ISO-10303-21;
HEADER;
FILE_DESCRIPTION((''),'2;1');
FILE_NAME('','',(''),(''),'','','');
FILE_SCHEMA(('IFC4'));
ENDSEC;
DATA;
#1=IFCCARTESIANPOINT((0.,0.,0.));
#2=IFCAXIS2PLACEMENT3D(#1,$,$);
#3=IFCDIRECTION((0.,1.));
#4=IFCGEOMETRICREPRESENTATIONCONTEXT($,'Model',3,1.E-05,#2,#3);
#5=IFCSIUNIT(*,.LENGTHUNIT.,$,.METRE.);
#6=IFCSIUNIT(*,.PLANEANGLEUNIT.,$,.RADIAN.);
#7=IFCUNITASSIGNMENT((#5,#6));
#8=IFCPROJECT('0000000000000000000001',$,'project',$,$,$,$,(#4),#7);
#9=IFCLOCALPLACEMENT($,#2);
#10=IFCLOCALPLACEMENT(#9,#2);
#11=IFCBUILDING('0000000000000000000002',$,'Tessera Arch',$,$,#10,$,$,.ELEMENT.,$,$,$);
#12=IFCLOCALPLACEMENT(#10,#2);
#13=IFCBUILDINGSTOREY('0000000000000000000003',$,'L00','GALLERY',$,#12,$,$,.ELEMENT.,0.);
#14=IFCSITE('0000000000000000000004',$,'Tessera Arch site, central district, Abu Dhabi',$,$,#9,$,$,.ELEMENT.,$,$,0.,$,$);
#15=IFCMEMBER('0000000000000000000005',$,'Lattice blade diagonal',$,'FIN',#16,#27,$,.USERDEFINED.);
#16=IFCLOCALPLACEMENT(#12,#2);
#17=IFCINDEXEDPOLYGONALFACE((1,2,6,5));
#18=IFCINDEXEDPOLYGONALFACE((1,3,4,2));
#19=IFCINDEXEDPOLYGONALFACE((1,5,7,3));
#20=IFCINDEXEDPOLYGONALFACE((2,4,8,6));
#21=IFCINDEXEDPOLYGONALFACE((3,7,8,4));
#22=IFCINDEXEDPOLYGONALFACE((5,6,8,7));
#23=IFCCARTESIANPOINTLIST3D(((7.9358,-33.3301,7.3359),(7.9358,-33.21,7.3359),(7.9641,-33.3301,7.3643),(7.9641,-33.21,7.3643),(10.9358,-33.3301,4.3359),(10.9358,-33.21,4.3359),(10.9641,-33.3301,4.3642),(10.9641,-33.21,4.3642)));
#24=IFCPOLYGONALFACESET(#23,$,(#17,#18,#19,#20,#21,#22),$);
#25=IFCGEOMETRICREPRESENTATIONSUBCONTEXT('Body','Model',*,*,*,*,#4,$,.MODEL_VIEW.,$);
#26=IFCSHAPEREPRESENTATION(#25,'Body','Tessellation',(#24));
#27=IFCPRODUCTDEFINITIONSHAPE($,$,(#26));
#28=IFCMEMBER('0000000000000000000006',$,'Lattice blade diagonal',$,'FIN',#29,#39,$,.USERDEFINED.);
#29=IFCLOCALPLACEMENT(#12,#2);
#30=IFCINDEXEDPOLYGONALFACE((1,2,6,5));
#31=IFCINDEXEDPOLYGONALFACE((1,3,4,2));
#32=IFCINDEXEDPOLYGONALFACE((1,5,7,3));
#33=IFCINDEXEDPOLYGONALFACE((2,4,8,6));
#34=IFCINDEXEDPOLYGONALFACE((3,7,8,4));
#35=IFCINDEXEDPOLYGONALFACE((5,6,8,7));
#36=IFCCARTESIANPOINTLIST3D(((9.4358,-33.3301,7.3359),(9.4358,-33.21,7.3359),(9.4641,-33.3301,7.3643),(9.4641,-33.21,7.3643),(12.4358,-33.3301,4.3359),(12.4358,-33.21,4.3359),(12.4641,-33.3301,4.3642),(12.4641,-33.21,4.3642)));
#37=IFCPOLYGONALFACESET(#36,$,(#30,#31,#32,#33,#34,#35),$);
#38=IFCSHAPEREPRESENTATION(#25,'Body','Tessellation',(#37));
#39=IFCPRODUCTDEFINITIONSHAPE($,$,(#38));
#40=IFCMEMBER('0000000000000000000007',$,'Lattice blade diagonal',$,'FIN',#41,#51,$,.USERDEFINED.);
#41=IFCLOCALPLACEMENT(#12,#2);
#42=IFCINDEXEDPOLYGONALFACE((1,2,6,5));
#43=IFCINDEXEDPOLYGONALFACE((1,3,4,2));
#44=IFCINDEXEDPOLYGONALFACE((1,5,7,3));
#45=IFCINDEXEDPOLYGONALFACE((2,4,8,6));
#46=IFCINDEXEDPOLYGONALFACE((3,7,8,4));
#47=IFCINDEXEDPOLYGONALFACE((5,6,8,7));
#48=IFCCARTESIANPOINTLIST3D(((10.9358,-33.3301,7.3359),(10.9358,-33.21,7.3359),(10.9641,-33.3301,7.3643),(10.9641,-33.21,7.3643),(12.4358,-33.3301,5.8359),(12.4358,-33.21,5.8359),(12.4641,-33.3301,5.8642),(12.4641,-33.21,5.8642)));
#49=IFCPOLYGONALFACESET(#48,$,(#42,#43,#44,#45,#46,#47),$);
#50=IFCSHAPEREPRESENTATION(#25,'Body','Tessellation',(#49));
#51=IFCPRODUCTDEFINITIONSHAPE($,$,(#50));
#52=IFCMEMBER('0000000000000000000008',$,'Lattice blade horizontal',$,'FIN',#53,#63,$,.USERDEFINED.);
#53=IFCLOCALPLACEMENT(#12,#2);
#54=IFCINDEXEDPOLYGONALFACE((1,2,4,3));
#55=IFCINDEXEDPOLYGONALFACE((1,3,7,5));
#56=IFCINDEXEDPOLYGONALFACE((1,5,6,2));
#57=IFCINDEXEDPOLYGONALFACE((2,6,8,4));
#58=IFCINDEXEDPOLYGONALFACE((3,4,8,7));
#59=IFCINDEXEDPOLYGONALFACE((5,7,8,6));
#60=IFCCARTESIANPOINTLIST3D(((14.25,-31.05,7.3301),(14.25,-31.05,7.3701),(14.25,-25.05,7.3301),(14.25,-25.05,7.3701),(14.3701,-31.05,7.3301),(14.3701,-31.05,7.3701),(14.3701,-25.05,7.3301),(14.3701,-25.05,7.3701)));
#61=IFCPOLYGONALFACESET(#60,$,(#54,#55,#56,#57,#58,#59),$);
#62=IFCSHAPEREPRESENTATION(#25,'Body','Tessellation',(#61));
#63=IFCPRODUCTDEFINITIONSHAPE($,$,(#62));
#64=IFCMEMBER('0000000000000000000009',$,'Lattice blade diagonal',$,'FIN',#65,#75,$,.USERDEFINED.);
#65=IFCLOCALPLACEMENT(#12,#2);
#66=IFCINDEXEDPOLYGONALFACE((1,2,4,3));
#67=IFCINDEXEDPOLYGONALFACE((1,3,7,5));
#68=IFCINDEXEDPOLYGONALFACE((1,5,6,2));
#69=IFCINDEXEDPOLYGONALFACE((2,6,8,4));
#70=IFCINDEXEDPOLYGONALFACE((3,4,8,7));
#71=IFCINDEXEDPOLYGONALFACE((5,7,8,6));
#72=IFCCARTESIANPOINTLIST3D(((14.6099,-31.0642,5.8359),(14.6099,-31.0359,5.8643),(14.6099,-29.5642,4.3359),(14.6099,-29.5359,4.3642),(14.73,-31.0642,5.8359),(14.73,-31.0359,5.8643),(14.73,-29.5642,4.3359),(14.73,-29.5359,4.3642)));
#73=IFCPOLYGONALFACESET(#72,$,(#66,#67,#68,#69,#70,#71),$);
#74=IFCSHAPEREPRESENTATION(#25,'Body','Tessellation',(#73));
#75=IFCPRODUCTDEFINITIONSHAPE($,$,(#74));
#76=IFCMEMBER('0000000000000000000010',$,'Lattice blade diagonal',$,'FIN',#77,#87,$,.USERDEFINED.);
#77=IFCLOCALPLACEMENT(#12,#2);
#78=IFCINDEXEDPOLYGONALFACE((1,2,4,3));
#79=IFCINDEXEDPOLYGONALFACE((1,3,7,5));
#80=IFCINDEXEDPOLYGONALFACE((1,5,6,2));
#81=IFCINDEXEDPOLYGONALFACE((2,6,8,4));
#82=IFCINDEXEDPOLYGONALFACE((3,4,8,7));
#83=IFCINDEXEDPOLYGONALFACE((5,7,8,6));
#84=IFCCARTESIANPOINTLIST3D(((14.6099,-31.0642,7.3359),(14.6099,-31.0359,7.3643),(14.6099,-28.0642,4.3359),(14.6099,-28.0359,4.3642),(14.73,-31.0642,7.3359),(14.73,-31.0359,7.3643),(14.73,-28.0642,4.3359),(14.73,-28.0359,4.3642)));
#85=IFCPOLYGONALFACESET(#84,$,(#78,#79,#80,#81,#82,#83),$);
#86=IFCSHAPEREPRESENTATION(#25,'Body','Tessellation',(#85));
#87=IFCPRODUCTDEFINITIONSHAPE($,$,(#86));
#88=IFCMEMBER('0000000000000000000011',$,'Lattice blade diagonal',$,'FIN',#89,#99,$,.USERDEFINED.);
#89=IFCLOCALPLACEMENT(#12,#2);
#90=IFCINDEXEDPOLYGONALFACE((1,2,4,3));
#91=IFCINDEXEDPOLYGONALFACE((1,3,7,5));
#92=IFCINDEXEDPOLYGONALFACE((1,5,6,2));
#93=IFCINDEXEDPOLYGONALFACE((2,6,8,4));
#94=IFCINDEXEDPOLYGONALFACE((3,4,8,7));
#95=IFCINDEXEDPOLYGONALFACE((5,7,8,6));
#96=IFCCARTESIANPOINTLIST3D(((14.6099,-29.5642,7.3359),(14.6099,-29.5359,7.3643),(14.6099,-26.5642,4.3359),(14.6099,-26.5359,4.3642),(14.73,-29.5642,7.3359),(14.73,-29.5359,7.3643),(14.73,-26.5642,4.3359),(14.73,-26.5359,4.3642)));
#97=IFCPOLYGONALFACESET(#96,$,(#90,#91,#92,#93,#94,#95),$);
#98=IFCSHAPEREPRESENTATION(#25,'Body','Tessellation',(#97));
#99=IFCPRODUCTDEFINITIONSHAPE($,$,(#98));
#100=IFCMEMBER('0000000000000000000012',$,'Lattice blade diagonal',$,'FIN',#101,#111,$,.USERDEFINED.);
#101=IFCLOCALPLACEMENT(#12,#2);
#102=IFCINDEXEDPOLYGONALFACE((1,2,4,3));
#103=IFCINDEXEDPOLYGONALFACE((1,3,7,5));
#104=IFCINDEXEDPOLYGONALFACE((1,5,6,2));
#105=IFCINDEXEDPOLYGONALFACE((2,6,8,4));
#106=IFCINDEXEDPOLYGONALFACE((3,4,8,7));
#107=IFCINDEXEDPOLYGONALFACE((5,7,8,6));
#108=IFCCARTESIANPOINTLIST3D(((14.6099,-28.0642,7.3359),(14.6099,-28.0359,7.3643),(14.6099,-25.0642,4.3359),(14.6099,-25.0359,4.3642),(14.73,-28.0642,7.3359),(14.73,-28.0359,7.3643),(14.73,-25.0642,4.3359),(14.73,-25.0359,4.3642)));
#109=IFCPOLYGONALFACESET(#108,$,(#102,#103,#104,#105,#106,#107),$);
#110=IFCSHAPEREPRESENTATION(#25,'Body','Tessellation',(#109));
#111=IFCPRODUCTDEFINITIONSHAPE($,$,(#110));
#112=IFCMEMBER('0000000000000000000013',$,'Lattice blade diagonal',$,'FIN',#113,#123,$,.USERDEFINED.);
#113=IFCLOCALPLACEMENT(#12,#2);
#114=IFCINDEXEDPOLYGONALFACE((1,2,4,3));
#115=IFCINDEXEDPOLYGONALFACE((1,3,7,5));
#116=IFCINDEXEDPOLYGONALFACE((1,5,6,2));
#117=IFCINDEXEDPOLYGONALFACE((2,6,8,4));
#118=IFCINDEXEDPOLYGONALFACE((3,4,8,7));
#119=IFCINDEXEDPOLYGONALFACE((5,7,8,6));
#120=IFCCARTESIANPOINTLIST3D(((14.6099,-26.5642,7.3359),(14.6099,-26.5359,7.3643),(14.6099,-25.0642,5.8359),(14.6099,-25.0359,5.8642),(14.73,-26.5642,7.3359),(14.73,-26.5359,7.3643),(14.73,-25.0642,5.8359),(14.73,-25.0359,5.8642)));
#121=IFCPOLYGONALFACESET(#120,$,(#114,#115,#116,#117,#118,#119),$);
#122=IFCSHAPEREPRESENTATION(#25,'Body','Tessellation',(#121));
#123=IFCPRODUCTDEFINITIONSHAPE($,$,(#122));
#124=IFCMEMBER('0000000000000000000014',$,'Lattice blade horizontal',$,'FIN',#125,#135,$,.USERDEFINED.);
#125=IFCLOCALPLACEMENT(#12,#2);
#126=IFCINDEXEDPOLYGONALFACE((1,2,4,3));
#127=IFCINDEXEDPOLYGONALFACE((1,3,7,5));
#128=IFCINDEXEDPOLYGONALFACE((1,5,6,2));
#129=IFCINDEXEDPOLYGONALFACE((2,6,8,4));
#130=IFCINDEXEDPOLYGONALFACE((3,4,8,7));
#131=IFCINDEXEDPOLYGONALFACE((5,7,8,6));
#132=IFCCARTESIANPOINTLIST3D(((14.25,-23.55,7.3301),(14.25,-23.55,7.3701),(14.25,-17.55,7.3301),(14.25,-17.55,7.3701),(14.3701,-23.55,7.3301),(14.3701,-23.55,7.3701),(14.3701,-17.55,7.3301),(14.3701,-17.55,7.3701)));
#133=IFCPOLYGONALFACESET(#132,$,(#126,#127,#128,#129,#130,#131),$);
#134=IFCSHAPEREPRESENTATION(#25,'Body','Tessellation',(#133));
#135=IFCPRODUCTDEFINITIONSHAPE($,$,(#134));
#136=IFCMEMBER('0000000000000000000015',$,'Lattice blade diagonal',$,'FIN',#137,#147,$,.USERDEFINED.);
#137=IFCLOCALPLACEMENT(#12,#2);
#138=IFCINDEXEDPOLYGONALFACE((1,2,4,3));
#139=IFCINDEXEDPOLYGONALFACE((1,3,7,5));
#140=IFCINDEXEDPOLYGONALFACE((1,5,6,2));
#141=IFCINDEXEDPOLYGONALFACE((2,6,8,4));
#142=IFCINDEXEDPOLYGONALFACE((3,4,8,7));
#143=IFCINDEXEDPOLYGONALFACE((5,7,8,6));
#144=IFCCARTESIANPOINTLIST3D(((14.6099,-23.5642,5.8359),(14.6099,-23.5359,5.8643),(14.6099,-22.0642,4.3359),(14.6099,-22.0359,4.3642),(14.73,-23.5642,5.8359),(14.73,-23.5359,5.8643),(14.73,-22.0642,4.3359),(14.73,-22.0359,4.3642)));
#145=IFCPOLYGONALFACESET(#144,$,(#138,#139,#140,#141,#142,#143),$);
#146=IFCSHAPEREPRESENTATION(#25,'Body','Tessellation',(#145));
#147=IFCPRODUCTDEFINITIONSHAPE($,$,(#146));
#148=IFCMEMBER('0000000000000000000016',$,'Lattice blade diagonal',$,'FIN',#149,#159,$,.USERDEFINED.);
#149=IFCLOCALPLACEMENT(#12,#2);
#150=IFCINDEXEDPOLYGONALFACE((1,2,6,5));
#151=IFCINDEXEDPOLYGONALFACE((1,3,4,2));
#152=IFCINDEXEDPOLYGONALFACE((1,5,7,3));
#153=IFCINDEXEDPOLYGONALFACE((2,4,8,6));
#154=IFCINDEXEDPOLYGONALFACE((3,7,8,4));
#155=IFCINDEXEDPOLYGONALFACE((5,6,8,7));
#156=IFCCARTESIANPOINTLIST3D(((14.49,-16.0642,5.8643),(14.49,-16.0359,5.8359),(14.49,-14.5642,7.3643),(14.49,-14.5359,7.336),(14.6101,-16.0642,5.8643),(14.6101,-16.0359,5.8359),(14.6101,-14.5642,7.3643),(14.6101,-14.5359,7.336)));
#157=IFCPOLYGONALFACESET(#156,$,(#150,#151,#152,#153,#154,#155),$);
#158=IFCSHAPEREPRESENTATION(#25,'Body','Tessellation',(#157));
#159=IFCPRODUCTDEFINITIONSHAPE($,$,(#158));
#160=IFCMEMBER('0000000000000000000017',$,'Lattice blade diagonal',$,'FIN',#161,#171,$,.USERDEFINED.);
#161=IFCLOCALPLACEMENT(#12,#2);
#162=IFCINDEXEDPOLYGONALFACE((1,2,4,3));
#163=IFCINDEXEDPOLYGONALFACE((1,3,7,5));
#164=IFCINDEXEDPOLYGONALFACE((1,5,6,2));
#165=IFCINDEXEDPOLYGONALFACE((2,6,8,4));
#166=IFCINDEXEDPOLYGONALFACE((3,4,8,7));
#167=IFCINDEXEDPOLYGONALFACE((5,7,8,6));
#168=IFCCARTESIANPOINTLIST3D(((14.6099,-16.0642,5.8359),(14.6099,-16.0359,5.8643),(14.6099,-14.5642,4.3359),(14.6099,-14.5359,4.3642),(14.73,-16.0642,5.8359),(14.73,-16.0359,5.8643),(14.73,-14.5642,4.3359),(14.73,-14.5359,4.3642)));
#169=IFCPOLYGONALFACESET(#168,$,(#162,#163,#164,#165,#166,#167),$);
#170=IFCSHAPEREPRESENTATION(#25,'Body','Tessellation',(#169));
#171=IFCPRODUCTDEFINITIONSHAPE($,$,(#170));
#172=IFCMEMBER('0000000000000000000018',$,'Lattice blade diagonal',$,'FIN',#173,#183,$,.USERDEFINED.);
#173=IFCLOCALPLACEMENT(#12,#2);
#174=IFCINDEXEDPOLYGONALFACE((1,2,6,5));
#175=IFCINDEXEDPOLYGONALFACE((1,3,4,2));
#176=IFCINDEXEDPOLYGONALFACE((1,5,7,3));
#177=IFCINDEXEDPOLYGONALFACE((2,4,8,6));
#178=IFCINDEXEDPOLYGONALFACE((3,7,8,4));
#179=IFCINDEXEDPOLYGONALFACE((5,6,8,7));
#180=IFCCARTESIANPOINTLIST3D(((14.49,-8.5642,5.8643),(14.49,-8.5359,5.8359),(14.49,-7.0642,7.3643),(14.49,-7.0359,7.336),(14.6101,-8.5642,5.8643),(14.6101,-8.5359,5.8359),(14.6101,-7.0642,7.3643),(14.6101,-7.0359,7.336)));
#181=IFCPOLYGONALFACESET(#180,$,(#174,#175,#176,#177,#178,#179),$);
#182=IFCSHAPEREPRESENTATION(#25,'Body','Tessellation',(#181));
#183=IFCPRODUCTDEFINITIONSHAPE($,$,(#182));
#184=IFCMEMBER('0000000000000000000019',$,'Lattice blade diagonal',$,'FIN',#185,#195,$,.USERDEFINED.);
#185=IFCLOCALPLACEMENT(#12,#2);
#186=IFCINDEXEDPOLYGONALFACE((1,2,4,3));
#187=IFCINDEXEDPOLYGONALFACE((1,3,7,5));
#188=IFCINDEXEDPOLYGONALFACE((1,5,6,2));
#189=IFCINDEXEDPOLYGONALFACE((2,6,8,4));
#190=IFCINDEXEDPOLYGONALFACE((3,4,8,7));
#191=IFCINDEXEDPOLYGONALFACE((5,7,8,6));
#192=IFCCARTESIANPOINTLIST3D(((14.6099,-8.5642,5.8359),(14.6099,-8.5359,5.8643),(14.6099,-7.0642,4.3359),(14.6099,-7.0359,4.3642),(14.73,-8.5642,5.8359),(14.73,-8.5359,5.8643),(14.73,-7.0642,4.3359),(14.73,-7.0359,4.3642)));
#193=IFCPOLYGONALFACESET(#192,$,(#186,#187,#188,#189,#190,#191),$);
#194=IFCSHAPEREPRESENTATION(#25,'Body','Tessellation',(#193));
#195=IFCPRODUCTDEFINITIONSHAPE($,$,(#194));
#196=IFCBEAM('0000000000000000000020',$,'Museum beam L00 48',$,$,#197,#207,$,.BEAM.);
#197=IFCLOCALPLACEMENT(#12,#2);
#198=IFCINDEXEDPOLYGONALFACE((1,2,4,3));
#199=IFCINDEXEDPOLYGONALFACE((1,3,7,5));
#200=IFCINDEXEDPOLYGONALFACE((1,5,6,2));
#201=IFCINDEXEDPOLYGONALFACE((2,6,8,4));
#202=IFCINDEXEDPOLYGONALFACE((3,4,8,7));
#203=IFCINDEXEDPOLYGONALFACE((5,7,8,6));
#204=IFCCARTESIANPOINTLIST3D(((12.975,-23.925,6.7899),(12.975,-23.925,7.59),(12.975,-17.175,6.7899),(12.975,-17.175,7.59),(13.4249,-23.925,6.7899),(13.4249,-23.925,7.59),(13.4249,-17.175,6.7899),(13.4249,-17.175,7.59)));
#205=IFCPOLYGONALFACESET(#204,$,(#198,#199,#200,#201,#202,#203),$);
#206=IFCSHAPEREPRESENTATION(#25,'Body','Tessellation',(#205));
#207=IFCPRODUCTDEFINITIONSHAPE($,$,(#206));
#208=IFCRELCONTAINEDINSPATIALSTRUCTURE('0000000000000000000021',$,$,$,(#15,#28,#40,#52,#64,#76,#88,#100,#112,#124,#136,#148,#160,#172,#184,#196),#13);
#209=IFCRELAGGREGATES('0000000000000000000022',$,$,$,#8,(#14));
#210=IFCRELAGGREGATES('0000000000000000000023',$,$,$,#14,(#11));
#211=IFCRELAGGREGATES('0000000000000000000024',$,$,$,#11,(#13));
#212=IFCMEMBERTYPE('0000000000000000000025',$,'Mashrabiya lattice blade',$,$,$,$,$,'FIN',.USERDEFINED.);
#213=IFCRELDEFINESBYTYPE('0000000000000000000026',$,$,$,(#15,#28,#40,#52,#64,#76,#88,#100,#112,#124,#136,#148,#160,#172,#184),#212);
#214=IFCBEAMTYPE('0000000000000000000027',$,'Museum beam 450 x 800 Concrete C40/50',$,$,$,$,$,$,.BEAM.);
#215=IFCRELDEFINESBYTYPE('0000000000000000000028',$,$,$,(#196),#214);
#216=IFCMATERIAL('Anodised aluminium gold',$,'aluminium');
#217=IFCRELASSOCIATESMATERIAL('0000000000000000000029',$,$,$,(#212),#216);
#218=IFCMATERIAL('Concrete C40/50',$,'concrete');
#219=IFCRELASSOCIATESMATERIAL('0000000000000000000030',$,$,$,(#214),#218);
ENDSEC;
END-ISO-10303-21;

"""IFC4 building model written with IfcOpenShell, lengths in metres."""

from ifc_helpers import new_model, si_unit, direction, frame, origin, origin_2d, place, context, subcontext, project, spatial, rectangle, extrude, material, material_profile, profile_set, type_object, element, save


model = new_model("IFC4")

# Units and contexts
model_context = context("Model", 3, precision=1e-05, world=origin(), true_north=direction((0.0, 1.0)))
body_context = subcontext(model_context, "Body", "Model", "MODEL_VIEW")
ifc_project = project(units=[si_unit("LENGTHUNIT", "METRE"), si_unit("PLANEANGLEUNIT", "RADIAN")], contexts=[model_context])

# Site, building, storey
site_placement = place(None, origin())
site = spatial("IfcSite", under=ifc_project, at=site_placement, Name="Tessera Arch site, central district, Abu Dhabi", CompositionType="ELEMENT", RefElevation=0.0)
building_placement = place(site_placement, origin())
building = spatial("IfcBuilding", under=site, at=building_placement, Name="Tessera Arch", CompositionType="ELEMENT")
storey_placement = place(building_placement, origin())
storey = spatial("IfcBuildingStorey", under=building, at=storey_placement, Name="L00", Description="GALLERY", CompositionType="ELEMENT", Elevation=0.0)

# Members
ifc_material_1 = material(Name="Anodised aluminium gold", Category="aluminium")
ifc_material_profile_1 = material_profile(ifc_material_1, rectangle(XDim=0.1201, YDim=0.04, at=origin_2d()), Name="AL 40x120")
ifc_profile_set_1 = profile_set([ifc_material_profile_1], Name="Anodised aluminium gold")
member_type = type_object("IfcMemberType", Name="Mashrabiya lattice blade", ElementType="FIN", PredefinedType="USERDEFINED", material=ifc_profile_set_1)
for number, where, z_axis, x_axis, name in (
    (1, (7.95, -33.27, 7.3501), (0.707107, 0.0, -0.707107), (0.0, 1.0, 0.0), "Lattice blade diagonal"),
    (2, (9.45, -33.27, 7.3501), (0.707107, 0.0, -0.707107), (0.0, 1.0, 0.0), "Lattice blade diagonal"),
):
    element("IfcMember", number, at=place(storey_placement, frame(where, z_axis=z_axis, x_axis=x_axis)), inside=storey, type_object=member_type, Name=name, ObjectType="FIN", PredefinedType="USERDEFINED", context=body_context, shape_type="SweptSolid", body=[
        extrude(rectangle(XDim=0.1201, YDim=0.04, at=origin_2d()), origin(), (0.0, 0.0, 1.0), 4.2427),
    ])
member_1_placement = place(storey_placement, frame((10.95, -33.27, 7.3501), z_axis=(0.707107, 0.0, -0.707107), x_axis=(0.0, 1.0, 0.0)))
element("IfcMember", 3, at=member_1_placement, inside=storey, type_object=member_type, Name="Lattice blade diagonal", ObjectType="FIN", PredefinedType="USERDEFINED", context=body_context, shape_type="SweptSolid", body=[
    extrude(rectangle(XDim=0.1201, YDim=0.04, at=origin_2d()), origin(), (0.0, 0.0, 1.0), 2.1213),
])
member_2_placement = place(storey_placement, frame((14.3101, -31.05, 7.3501), z_axis=(0.0, 1.0, 0.0), x_axis=(-1.0, 0.0, 0.0)))
element("IfcMember", 4, at=member_2_placement, inside=storey, type_object=member_type, Name="Lattice blade horizontal", ObjectType="FIN", PredefinedType="USERDEFINED", context=body_context, shape_type="SweptSolid", body=[
    extrude(rectangle(XDim=0.1201, YDim=0.04, at=origin_2d()), origin(), (0.0, 0.0, 1.0), 6.0),
])
member_3_placement = place(storey_placement, frame((14.6699, -31.05, 5.8501), z_axis=(0.0, 0.707107, -0.707107), x_axis=(-1.0, 0.0, 0.0)))
element("IfcMember", 5, at=member_3_placement, inside=storey, type_object=member_type, Name="Lattice blade diagonal", ObjectType="FIN", PredefinedType="USERDEFINED", context=body_context, shape_type="SweptSolid", body=[
    extrude(rectangle(XDim=0.1201, YDim=0.04, at=origin_2d()), origin(), (0.0, 0.0, 1.0), 2.1213),
])
for number, where, z_axis, x_axis, name in (
    (6, (14.6699, -31.05, 7.3501), (0.0, 0.707107, -0.707107), (-1.0, 0.0, 0.0), "Lattice blade diagonal"),
    (7, (14.6699, -29.55, 7.3501), (0.0, 0.707107, -0.707107), (-1.0, 0.0, 0.0), "Lattice blade diagonal"),
    (8, (14.6699, -28.05, 7.3501), (0.0, 0.707107, -0.707107), (-1.0, 0.0, 0.0), "Lattice blade diagonal"),
):
    element("IfcMember", number, at=place(storey_placement, frame(where, z_axis=z_axis, x_axis=x_axis)), inside=storey, type_object=member_type, Name=name, ObjectType="FIN", PredefinedType="USERDEFINED", context=body_context, shape_type="SweptSolid", body=[
        extrude(rectangle(XDim=0.1201, YDim=0.04, at=origin_2d()), origin(), (0.0, 0.0, 1.0), 4.2427),
    ])
member_4_placement = place(storey_placement, frame((14.6699, -26.55, 7.3501), z_axis=(0.0, 0.707107, -0.707107), x_axis=(-1.0, 0.0, 0.0)))
element("IfcMember", 9, at=member_4_placement, inside=storey, type_object=member_type, Name="Lattice blade diagonal", ObjectType="FIN", PredefinedType="USERDEFINED", context=body_context, shape_type="SweptSolid", body=[
    extrude(rectangle(XDim=0.1201, YDim=0.04, at=origin_2d()), origin(), (0.0, 0.0, 1.0), 2.1213),
])
member_5_placement = place(storey_placement, frame((14.3101, -23.55, 7.3501), z_axis=(0.0, 1.0, 0.0), x_axis=(-1.0, 0.0, 0.0)))
element("IfcMember", 10, at=member_5_placement, inside=storey, type_object=member_type, Name="Lattice blade horizontal", ObjectType="FIN", PredefinedType="USERDEFINED", context=body_context, shape_type="SweptSolid", body=[
    extrude(rectangle(XDim=0.1201, YDim=0.04, at=origin_2d()), origin(), (0.0, 0.0, 1.0), 6.0),
])
for number, where, z_axis, x_axis, name in (
    (11, (14.6699, -23.55, 5.8501), (0.0, 0.707107, -0.707107), (-1.0, 0.0, 0.0), "Lattice blade diagonal"),
    (12, (14.55, -16.05, 5.8501), (0.0, 0.707107, 0.707107), (-1.0, 0.0, 0.0), "Lattice blade diagonal"),
    (13, (14.6699, -16.05, 5.8501), (0.0, 0.707107, -0.707107), (-1.0, 0.0, 0.0), "Lattice blade diagonal"),
    (14, (14.55, -8.55, 5.8501), (0.0, 0.707107, 0.707107), (-1.0, 0.0, 0.0), "Lattice blade diagonal"),
    (15, (14.6699, -8.55, 5.8501), (0.0, 0.707107, -0.707107), (-1.0, 0.0, 0.0), "Lattice blade diagonal"),
):
    element("IfcMember", number, at=place(storey_placement, frame(where, z_axis=z_axis, x_axis=x_axis)), inside=storey, type_object=member_type, Name=name, ObjectType="FIN", PredefinedType="USERDEFINED", context=body_context, shape_type="SweptSolid", body=[
        extrude(rectangle(XDim=0.1201, YDim=0.04, at=origin_2d()), origin(), (0.0, 0.0, 1.0), 2.1213),
    ])

# Beam
ifc_material_2 = material(Name="Concrete C40/50", Category="concrete")
ifc_material_profile_2 = material_profile(ifc_material_2, rectangle(XDim=0.45, YDim=0.8, at=origin_2d()), Name="Museum beam 450 x 800 Concrete C40/50")
ifc_profile_set_2 = profile_set([ifc_material_profile_2], Name="Concrete C40/50")
beam_type = type_object("IfcBeamType", Name="Museum beam 450 x 800 Concrete C40/50", PredefinedType="BEAM", material=ifc_profile_set_2)
for number, where, z_axis, x_axis, name in (
    (16, (13.2, -23.925, 7.1899), (0.0, 1.0, 0.0), (-1.0, 0.0, 0.0), "Museum beam L00 48"),
):
    element("IfcBeam", number, at=place(storey_placement, frame(where, z_axis=z_axis, x_axis=x_axis)), inside=storey, type_object=beam_type, Name=name, PredefinedType="BEAM", context=body_context, shape_type="SweptSolid", body=[
        extrude(rectangle(XDim=0.45, YDim=0.8, at=origin_2d()), origin(), (0.0, 0.0, 1.0), 6.75),
    ])

save(model, "model.ifc")
